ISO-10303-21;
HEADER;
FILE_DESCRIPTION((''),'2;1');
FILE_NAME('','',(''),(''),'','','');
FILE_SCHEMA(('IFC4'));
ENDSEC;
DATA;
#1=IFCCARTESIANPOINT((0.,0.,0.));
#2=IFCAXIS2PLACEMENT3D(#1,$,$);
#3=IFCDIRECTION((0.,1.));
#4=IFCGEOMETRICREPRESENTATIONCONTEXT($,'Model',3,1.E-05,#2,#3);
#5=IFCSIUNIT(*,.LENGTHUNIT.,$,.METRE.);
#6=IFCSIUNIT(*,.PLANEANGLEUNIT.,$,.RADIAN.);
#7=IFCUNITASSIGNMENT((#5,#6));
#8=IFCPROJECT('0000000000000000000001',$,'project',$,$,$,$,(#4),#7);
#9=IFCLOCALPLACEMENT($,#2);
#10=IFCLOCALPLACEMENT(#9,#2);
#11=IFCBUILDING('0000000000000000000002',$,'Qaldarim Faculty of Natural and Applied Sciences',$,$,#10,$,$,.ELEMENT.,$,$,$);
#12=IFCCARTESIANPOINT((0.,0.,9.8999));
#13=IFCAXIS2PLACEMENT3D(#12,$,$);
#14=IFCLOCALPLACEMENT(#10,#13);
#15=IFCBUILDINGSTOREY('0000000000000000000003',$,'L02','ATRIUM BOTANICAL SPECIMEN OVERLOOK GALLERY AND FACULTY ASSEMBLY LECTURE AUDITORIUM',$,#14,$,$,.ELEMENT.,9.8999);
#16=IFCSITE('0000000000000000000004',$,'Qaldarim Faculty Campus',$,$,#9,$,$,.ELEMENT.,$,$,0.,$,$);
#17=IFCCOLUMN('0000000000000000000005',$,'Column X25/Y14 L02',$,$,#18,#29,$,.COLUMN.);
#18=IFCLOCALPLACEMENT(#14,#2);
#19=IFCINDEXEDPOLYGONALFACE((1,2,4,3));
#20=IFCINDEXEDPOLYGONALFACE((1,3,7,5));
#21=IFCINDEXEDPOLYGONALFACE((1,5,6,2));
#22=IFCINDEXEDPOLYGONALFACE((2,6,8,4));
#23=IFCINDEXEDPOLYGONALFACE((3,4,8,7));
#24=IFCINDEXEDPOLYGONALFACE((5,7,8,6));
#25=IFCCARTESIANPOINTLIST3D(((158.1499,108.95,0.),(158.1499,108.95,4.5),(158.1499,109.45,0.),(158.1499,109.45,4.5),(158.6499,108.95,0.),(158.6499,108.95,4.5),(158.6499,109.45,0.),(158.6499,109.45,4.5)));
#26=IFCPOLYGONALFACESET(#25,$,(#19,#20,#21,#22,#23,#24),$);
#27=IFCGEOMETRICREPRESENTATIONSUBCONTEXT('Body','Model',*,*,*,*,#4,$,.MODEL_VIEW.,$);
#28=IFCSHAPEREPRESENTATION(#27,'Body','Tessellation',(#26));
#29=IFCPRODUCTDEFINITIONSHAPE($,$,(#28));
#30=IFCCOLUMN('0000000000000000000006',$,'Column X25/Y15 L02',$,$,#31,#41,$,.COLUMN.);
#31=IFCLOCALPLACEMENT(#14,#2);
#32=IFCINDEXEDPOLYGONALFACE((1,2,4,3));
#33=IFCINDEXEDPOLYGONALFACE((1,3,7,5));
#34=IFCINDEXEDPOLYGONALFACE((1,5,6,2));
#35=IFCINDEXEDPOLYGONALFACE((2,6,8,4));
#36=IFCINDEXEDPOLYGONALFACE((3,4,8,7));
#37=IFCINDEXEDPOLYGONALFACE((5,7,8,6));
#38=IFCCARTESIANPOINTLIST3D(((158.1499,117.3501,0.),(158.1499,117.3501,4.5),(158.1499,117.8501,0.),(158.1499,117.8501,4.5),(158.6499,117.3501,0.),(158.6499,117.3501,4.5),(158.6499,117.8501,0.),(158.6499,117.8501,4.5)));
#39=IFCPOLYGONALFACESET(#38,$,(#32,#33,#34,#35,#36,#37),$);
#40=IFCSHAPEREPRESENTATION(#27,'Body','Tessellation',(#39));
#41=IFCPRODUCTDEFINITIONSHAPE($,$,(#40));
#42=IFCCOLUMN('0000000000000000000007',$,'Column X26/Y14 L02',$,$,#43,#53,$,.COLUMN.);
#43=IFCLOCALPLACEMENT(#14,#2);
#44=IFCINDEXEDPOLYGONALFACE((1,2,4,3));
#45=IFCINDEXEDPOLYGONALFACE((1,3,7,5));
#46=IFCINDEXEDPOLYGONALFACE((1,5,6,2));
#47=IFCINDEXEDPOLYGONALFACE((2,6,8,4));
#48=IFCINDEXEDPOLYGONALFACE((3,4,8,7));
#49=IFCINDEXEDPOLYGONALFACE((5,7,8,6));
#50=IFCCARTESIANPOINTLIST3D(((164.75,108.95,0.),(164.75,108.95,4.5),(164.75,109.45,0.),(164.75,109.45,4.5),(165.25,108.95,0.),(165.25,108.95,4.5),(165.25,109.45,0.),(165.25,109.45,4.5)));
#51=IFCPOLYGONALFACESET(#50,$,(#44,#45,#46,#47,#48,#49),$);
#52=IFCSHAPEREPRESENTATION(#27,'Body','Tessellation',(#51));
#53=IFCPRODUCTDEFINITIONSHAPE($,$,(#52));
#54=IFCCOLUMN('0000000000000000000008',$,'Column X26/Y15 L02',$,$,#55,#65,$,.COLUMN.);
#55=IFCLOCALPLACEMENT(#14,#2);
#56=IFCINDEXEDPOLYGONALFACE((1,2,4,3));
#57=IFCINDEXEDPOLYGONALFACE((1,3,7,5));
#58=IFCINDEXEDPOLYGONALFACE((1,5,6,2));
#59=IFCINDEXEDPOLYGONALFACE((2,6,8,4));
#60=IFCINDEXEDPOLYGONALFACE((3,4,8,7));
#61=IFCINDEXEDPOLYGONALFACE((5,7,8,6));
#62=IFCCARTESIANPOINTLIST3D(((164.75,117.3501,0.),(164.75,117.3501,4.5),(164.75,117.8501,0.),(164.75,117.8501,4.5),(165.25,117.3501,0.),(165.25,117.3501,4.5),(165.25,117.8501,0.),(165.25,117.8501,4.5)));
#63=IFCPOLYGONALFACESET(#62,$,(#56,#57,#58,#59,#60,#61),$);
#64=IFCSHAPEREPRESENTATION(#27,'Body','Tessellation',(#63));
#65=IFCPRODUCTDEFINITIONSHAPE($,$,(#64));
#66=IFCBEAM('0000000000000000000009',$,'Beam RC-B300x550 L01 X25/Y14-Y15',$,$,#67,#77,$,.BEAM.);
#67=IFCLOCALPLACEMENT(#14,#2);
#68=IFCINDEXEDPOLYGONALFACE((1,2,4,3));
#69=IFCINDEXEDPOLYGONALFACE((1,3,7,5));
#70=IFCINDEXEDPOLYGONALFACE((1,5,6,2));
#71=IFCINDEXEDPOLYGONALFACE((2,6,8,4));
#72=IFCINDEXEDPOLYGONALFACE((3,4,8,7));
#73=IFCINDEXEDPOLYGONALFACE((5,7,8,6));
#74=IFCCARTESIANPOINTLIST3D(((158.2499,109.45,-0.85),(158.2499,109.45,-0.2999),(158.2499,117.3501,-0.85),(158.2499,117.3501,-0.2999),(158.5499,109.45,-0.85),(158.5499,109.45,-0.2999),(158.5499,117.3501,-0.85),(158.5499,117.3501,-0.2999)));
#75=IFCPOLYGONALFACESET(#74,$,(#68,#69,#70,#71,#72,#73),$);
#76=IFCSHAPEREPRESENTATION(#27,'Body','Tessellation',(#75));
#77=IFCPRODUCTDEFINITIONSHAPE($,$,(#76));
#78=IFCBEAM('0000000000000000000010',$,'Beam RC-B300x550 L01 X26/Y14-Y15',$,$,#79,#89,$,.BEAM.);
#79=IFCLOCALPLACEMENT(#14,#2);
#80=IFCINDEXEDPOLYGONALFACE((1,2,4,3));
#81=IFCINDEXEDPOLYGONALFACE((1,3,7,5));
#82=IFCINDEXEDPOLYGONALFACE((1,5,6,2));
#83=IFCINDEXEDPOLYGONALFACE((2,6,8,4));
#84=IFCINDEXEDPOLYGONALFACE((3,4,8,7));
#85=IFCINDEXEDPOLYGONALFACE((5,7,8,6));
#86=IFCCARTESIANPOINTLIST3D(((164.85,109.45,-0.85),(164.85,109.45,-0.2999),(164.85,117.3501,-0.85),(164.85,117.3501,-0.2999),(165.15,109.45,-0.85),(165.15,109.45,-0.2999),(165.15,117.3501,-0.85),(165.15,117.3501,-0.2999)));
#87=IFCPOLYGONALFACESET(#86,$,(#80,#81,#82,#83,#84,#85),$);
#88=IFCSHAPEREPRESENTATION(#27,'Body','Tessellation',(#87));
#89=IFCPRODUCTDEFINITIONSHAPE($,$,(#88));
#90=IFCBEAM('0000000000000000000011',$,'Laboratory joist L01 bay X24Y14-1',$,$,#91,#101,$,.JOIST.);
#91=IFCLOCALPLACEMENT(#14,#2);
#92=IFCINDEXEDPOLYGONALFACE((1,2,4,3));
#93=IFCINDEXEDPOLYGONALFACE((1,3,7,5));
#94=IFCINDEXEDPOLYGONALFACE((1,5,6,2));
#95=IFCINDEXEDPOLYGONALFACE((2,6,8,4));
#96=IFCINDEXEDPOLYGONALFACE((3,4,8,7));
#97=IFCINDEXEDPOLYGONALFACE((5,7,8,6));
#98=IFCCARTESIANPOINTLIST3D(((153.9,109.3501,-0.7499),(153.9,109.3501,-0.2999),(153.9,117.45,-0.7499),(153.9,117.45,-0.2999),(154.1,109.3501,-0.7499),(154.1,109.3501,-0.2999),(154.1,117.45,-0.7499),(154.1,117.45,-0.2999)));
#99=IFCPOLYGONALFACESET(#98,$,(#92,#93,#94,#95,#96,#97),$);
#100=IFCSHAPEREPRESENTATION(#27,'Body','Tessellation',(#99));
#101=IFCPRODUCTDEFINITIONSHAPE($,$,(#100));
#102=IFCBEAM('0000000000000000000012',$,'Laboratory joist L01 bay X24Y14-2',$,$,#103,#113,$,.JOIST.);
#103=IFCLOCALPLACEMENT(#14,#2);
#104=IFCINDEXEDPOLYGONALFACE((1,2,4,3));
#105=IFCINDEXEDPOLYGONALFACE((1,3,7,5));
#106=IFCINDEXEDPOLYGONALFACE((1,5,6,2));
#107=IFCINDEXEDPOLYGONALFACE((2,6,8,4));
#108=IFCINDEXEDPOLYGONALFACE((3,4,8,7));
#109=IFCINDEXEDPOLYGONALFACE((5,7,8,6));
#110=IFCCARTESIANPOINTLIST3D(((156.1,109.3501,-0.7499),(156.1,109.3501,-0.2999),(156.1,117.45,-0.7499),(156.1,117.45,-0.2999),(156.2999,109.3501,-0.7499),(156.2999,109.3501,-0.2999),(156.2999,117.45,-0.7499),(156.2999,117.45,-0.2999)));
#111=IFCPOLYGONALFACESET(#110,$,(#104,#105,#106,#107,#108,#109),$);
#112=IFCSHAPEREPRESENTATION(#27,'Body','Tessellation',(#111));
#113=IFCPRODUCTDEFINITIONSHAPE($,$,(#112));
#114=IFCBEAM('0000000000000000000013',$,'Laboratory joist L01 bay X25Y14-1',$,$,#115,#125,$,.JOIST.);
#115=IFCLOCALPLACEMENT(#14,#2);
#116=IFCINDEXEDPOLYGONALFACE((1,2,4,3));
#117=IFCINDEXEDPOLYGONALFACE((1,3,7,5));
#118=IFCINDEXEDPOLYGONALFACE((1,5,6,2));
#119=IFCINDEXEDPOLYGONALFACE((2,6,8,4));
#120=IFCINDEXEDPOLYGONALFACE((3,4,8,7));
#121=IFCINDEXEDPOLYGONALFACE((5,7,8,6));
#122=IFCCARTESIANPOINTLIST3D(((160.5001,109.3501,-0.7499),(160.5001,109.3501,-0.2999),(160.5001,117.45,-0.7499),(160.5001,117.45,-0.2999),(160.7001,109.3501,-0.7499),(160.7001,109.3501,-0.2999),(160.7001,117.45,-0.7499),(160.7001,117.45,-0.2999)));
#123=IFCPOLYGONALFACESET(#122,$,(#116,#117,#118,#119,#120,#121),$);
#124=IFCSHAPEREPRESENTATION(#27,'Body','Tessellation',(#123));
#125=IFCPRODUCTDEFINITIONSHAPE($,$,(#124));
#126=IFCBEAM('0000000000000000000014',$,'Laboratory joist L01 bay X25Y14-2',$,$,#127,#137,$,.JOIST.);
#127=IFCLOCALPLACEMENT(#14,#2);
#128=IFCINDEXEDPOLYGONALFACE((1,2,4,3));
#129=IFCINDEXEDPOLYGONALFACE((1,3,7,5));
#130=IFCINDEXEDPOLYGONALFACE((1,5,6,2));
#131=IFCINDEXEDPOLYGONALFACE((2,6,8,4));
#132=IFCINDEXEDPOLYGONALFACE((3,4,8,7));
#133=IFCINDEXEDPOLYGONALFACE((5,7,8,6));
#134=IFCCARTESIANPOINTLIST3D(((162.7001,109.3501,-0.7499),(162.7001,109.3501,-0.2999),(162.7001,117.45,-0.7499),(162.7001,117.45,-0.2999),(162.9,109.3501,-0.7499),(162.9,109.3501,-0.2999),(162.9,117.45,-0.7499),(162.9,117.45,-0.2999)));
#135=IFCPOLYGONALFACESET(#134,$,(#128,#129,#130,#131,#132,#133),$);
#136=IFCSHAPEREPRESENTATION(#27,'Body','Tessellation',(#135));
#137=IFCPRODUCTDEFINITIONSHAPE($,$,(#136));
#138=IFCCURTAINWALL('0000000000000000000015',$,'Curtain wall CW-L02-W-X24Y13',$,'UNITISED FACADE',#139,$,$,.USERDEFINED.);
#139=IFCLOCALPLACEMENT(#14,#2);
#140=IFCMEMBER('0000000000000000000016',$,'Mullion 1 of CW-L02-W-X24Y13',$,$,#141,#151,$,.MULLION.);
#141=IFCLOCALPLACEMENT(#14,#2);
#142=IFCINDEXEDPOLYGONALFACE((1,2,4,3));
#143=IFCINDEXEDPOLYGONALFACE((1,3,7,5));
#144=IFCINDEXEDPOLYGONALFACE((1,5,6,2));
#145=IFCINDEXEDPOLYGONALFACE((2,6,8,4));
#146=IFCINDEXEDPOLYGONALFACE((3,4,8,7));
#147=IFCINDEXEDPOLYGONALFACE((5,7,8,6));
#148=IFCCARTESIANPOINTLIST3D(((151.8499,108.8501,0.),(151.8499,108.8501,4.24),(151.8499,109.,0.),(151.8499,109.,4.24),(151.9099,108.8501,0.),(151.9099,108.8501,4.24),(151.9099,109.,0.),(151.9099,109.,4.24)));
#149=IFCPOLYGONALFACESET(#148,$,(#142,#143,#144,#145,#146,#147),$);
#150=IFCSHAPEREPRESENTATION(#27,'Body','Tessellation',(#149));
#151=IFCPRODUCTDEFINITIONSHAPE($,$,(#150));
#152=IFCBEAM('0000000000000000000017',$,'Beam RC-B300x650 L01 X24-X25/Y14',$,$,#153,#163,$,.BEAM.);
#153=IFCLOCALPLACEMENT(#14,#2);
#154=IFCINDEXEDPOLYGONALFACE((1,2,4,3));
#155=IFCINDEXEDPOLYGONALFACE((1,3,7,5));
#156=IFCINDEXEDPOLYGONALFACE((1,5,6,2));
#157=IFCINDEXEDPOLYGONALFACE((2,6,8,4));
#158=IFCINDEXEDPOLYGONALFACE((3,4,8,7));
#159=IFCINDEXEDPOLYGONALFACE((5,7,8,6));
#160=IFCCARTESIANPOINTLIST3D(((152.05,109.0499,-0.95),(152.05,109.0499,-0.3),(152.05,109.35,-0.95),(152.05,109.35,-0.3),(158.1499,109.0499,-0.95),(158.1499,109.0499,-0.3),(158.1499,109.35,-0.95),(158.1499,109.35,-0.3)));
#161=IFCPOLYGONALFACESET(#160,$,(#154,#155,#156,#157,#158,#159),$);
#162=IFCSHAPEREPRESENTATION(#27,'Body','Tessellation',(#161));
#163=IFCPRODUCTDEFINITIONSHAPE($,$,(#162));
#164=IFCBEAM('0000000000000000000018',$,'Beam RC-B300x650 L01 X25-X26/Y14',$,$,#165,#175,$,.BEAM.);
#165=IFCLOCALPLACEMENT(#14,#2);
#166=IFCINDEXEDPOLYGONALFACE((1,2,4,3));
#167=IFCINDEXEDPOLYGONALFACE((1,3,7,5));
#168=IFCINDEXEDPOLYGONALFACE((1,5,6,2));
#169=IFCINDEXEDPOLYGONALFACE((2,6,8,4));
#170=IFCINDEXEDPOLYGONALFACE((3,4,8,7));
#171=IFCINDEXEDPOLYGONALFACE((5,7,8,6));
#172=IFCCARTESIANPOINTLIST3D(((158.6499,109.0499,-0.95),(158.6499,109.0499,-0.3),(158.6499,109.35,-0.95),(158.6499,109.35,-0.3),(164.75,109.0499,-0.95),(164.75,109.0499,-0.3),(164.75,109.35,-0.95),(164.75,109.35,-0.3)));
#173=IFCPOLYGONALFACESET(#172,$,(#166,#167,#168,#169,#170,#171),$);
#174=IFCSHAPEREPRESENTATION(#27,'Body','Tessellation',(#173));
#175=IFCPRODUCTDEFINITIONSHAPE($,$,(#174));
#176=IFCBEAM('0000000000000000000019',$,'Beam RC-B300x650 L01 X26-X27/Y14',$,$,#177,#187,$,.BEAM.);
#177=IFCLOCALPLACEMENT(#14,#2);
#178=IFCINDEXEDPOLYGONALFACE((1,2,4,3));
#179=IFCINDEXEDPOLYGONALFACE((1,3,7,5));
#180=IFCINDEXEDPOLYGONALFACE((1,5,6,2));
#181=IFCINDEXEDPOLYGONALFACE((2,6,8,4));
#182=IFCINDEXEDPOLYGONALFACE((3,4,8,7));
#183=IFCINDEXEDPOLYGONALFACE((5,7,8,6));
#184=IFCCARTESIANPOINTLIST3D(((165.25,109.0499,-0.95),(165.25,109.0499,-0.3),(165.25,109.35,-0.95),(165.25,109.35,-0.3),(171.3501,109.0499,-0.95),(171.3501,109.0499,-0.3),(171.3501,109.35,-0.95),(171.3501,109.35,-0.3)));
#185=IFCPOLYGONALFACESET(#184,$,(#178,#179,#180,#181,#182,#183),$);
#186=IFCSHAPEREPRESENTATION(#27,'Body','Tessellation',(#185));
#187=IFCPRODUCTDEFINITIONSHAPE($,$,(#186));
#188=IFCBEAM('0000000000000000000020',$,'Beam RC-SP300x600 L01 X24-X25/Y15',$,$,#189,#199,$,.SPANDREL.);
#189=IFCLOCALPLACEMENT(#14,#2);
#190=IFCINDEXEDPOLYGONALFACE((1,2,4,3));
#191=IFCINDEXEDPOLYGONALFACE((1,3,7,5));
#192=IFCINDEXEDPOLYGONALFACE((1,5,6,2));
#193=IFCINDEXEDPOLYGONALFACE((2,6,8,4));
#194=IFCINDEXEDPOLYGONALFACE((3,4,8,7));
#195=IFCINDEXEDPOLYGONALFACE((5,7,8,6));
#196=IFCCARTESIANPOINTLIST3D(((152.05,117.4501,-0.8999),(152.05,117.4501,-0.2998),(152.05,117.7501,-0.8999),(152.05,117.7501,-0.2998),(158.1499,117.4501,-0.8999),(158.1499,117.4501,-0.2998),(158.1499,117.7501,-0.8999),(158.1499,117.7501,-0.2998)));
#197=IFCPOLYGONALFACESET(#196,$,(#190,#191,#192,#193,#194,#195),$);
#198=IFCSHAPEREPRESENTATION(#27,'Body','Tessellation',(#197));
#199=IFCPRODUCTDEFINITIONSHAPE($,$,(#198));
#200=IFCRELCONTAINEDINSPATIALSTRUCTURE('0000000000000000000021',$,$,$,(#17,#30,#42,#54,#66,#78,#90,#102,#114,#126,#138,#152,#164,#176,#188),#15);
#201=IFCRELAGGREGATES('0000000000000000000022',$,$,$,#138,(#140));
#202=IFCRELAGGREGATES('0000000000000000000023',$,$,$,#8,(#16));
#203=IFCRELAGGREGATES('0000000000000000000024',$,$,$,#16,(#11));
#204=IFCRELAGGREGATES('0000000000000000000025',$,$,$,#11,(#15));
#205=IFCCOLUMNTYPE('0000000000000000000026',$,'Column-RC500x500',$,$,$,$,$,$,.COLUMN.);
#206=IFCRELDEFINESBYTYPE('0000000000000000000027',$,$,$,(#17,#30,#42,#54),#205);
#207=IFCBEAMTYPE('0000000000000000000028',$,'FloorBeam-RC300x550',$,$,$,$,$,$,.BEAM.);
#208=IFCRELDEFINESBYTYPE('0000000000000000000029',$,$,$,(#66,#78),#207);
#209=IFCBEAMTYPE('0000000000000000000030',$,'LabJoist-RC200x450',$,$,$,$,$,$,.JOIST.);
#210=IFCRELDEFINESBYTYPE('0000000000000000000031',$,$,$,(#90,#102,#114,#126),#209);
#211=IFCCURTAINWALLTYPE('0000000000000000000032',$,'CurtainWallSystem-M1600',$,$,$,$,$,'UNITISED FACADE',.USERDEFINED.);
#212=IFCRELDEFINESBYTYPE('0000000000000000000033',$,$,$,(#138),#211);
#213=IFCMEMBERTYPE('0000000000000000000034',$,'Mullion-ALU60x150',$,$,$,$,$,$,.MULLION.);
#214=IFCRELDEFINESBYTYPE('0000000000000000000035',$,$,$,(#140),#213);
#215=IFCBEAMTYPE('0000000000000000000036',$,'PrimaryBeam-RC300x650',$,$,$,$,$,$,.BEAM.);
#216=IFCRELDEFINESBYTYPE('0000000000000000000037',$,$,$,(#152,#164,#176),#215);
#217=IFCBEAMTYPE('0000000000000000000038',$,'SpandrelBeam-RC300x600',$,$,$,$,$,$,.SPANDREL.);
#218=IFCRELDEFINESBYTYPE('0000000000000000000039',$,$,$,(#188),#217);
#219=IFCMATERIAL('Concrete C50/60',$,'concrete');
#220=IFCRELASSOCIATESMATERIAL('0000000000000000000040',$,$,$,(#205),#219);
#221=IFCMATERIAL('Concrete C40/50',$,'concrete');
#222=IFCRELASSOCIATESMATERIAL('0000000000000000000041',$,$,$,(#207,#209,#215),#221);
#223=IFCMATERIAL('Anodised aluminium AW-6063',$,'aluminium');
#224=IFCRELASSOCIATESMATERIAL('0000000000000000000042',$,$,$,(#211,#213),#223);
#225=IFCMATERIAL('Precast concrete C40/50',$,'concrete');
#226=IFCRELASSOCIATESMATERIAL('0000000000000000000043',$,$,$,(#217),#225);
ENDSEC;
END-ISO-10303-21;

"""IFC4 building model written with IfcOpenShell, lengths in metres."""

from ifc_helpers import new_model, si_unit, direction, frame, origin, origin_2d, place, context, subcontext, project, spatial, rectangle, extrude, material, material_profile, profile_set, type_object, element, aggregate, save


model = new_model("IFC4")

# Units and contexts
model_context = context("Model", 3, precision=1e-05, world=origin(), true_north=direction((0.0, 1.0)))
body_context = subcontext(model_context, "Body", "Model", "MODEL_VIEW")
ifc_project = project(units=[si_unit("LENGTHUNIT", "METRE"), si_unit("PLANEANGLEUNIT", "RADIAN")], contexts=[model_context])

# Site, building, storey
site_placement = place(None, origin())
site = spatial("IfcSite", under=ifc_project, at=site_placement, Name="Qaldarim Faculty Campus", CompositionType="ELEMENT", RefElevation=0.0)
building_placement = place(site_placement, origin())
building = spatial("IfcBuilding", under=site, at=building_placement, Name="Qaldarim Faculty of Natural and Applied Sciences", CompositionType="ELEMENT")
storey_placement = place(building_placement, frame((0.0, 0.0, 9.8999)))
storey = spatial("IfcBuildingStorey", under=building, at=storey_placement, Name="L02", Description="ATRIUM BOTANICAL SPECIMEN OVERLOOK GALLERY AND FACULTY ASSEMBLY LECTURE AUDITORIUM", CompositionType="ELEMENT", Elevation=9.8999)

# Columns
ifc_material_1 = material(Name="Concrete C50/60", Category="concrete")
ifc_material_profile_1 = material_profile(ifc_material_1, rectangle(XDim=0.5, YDim=0.5, at=origin_2d()), Name="RC-C500x500")
ifc_profile_set_1 = profile_set([ifc_material_profile_1], Name="Concrete C50/60")
column_type = type_object("IfcColumnType", Name="Column-RC500x500", PredefinedType="COLUMN", material=ifc_profile_set_1)
for number, where, z_axis, x_axis, name in (
    (1, (158.3999, 109.2, 0.0), (0.0, 0.0, 1.0), (1.0, 0.0, 0.0), "Column X25/Y14 L02"),
    (2, (158.3999, 117.6001, 0.0), (0.0, 0.0, 1.0), (1.0, 0.0, 0.0), "Column X25/Y15 L02"),
    (3, (165.0, 109.2, 0.0), (0.0, 0.0, 1.0), (1.0, 0.0, 0.0), "Column X26/Y14 L02"),
    (4, (165.0, 117.6001, 0.0), (0.0, 0.0, 1.0), (1.0, 0.0, 0.0), "Column X26/Y15 L02"),
):
    element("IfcColumn", number, at=place(storey_placement, frame(where, z_axis=z_axis, x_axis=x_axis)), inside=storey, type_object=column_type, Name=name, PredefinedType="COLUMN", context=body_context, shape_type="SweptSolid", body=[
        extrude(rectangle(XDim=0.5, YDim=0.5, at=origin_2d()), origin(), (0.0, 0.0, 1.0), 4.5),
    ])

# Beams
ifc_material_2 = material(Name="Concrete C40/50", Category="concrete")
ifc_material_profile_2 = material_profile(ifc_material_2, rectangle(XDim=0.3, YDim=0.55, at=origin_2d()), Name="RC-B300x550")
ifc_profile_set_2 = profile_set([ifc_material_profile_2], Name="Concrete C40/50")
beam_type_1 = type_object("IfcBeamType", Name="FloorBeam-RC300x550", PredefinedType="BEAM", material=ifc_profile_set_2)
for number, where, z_axis, x_axis, name in (
    (5, (158.3999, 109.45, -0.575), (0.0, 1.0, 0.0), (-1.0, 0.0, 0.0), "Beam RC-B300x550 L01 X25/Y14-Y15"),
    (6, (165.0, 109.45, -0.575), (0.0, 1.0, 0.0), (-1.0, 0.0, 0.0), "Beam RC-B300x550 L01 X26/Y14-Y15"),
):
    element("IfcBeam", number, at=place(storey_placement, frame(where, z_axis=z_axis, x_axis=x_axis)), inside=storey, type_object=beam_type_1, Name=name, PredefinedType="BEAM", context=body_context, shape_type="SweptSolid", body=[
        extrude(rectangle(XDim=0.3, YDim=0.55, at=origin_2d()), origin(), (0.0, 0.0, 1.0), 7.9001),
    ])
ifc_material_profile_3 = material_profile(ifc_material_2, rectangle(XDim=0.2, YDim=0.45, at=origin_2d()), Name="RC-J200x450")
ifc_profile_set_3 = profile_set([ifc_material_profile_3], Name="Concrete C40/50")
beam_type_2 = type_object("IfcBeamType", Name="LabJoist-RC200x450", PredefinedType="JOIST", material=ifc_profile_set_3)
for number, where, z_axis, x_axis, name in (
    (7, (154.0, 109.3501, -0.5249), (0.0, 1.0, 0.0), (-1.0, 0.0, 0.0), "Laboratory joist L01 bay X24Y14-1"),
    (8, (156.2, 109.3501, -0.5249), (0.0, 1.0, 0.0), (-1.0, 0.0, 0.0), "Laboratory joist L01 bay X24Y14-2"),
    (9, (160.6001, 109.3501, -0.5249), (0.0, 1.0, 0.0), (-1.0, 0.0, 0.0), "Laboratory joist L01 bay X25Y14-1"),
    (10, (162.8, 109.3501, -0.5249), (0.0, 1.0, 0.0), (-1.0, 0.0, 0.0), "Laboratory joist L01 bay X25Y14-2"),
):
    element("IfcBeam", number, at=place(storey_placement, frame(where, z_axis=z_axis, x_axis=x_axis)), inside=storey, type_object=beam_type_2, Name=name, PredefinedType="JOIST", context=body_context, shape_type="SweptSolid", body=[
        extrude(rectangle(XDim=0.2, YDim=0.45, at=origin_2d()), origin(), (0.0, 0.0, 1.0), 8.0999),
    ])

# Curtain wall, member
ifc_material_3 = material(Name="Anodised aluminium AW-6063", Category="aluminium")
curtain_wall_type = type_object("IfcCurtainWallType", Name="CurtainWallSystem-M1600", ElementType="UNITISED FACADE", PredefinedType="USERDEFINED", material=ifc_material_3)
curtain_wall_placement = place(storey_placement, origin())
curtain_wall = element("IfcCurtainWall", 11, at=curtain_wall_placement, inside=storey, type_object=curtain_wall_type, Name="Curtain wall CW-L02-W-X24Y13", ObjectType="UNITISED FACADE", PredefinedType="USERDEFINED")
ifc_material_profile_4 = material_profile(ifc_material_3, rectangle(XDim=0.0601, YDim=0.1499, at=origin_2d()), Name="ALU-M60x150")
ifc_profile_set_4 = profile_set([ifc_material_profile_4], Name="Anodised aluminium AW-6063")
member_type = type_object("IfcMemberType", Name="Mullion-ALU60x150", PredefinedType="MULLION", material=ifc_profile_set_4)
member_placement = place(storey_placement, frame((151.8799, 108.925, 0.0), z_axis=(0.0, 0.0, 1.0), x_axis=(1.0, 0.0, 0.0)))
member = element("IfcMember", 12, at=member_placement, type_object=member_type, Name="Mullion 1 of CW-L02-W-X24Y13", PredefinedType="MULLION", context=body_context, shape_type="SweptSolid", body=[
    extrude(rectangle(XDim=0.0601, YDim=0.1499, at=origin_2d()), origin(), (0.0, 0.0, 1.0), 4.24),
])
aggregate(curtain_wall, [member])

# Beams
ifc_material_profile_5 = material_profile(ifc_material_2, rectangle(XDim=0.3, YDim=0.6499, at=origin_2d()), Name="RC-B300x650")
ifc_profile_set_5 = profile_set([ifc_material_profile_5], Name="Concrete C40/50")
beam_type_3 = type_object("IfcBeamType", Name="PrimaryBeam-RC300x650", PredefinedType="BEAM", material=ifc_profile_set_5)
beam_1_placement = place(storey_placement, frame((152.05, 109.2, -0.625), z_axis=(1.0, 0.0, 0.0), x_axis=(0.0, 1.0, 0.0)))
element("IfcBeam", 13, at=beam_1_placement, inside=storey, type_object=beam_type_3, Name="Beam RC-B300x650 L01 X24-X25/Y14", PredefinedType="BEAM", context=body_context, shape_type="SweptSolid", body=[
    extrude(rectangle(XDim=0.3, YDim=0.6499, at=origin_2d()), origin(), (0.0, 0.0, 1.0), 6.0999),
])
for number, where, z_axis, x_axis, name in (
    (14, (158.6499, 109.2, -0.625), (1.0, 0.0, 0.0), (0.0, 1.0, 0.0), "Beam RC-B300x650 L01 X25-X26/Y14"),
    (15, (165.25, 109.2, -0.625), (1.0, 0.0, 0.0), (0.0, 1.0, 0.0), "Beam RC-B300x650 L01 X26-X27/Y14"),
):
    element("IfcBeam", number, at=place(storey_placement, frame(where, z_axis=z_axis, x_axis=x_axis)), inside=storey, type_object=beam_type_3, Name=name, PredefinedType="BEAM", context=body_context, shape_type="SweptSolid", body=[
        extrude(rectangle(XDim=0.3, YDim=0.6499, at=origin_2d()), origin(), (0.0, 0.0, 1.0), 6.1001),
    ])
ifc_material_4 = material(Name="Precast concrete C40/50", Category="concrete")
ifc_material_profile_6 = material_profile(ifc_material_4, rectangle(XDim=0.3, YDim=0.6001, at=origin_2d()), Name="RC-SP300x600")
ifc_profile_set_6 = profile_set([ifc_material_profile_6], Name="Precast concrete C40/50")
beam_type_4 = type_object("IfcBeamType", Name="SpandrelBeam-RC300x600", PredefinedType="SPANDREL", material=ifc_profile_set_6)
beam_2_placement = place(storey_placement, frame((152.05, 117.6001, -0.5999), z_axis=(1.0, 0.0, 0.0), x_axis=(0.0, 1.0, 0.0)))
element("IfcBeam", 16, at=beam_2_placement, inside=storey, type_object=beam_type_4, Name="Beam RC-SP300x600 L01 X24-X25/Y15", PredefinedType="SPANDREL", context=body_context, shape_type="SweptSolid", body=[
    extrude(rectangle(XDim=0.3, YDim=0.6001, at=origin_2d()), origin(), (0.0, 0.0, 1.0), 6.0999),
])

save(model, "model.ifc")
